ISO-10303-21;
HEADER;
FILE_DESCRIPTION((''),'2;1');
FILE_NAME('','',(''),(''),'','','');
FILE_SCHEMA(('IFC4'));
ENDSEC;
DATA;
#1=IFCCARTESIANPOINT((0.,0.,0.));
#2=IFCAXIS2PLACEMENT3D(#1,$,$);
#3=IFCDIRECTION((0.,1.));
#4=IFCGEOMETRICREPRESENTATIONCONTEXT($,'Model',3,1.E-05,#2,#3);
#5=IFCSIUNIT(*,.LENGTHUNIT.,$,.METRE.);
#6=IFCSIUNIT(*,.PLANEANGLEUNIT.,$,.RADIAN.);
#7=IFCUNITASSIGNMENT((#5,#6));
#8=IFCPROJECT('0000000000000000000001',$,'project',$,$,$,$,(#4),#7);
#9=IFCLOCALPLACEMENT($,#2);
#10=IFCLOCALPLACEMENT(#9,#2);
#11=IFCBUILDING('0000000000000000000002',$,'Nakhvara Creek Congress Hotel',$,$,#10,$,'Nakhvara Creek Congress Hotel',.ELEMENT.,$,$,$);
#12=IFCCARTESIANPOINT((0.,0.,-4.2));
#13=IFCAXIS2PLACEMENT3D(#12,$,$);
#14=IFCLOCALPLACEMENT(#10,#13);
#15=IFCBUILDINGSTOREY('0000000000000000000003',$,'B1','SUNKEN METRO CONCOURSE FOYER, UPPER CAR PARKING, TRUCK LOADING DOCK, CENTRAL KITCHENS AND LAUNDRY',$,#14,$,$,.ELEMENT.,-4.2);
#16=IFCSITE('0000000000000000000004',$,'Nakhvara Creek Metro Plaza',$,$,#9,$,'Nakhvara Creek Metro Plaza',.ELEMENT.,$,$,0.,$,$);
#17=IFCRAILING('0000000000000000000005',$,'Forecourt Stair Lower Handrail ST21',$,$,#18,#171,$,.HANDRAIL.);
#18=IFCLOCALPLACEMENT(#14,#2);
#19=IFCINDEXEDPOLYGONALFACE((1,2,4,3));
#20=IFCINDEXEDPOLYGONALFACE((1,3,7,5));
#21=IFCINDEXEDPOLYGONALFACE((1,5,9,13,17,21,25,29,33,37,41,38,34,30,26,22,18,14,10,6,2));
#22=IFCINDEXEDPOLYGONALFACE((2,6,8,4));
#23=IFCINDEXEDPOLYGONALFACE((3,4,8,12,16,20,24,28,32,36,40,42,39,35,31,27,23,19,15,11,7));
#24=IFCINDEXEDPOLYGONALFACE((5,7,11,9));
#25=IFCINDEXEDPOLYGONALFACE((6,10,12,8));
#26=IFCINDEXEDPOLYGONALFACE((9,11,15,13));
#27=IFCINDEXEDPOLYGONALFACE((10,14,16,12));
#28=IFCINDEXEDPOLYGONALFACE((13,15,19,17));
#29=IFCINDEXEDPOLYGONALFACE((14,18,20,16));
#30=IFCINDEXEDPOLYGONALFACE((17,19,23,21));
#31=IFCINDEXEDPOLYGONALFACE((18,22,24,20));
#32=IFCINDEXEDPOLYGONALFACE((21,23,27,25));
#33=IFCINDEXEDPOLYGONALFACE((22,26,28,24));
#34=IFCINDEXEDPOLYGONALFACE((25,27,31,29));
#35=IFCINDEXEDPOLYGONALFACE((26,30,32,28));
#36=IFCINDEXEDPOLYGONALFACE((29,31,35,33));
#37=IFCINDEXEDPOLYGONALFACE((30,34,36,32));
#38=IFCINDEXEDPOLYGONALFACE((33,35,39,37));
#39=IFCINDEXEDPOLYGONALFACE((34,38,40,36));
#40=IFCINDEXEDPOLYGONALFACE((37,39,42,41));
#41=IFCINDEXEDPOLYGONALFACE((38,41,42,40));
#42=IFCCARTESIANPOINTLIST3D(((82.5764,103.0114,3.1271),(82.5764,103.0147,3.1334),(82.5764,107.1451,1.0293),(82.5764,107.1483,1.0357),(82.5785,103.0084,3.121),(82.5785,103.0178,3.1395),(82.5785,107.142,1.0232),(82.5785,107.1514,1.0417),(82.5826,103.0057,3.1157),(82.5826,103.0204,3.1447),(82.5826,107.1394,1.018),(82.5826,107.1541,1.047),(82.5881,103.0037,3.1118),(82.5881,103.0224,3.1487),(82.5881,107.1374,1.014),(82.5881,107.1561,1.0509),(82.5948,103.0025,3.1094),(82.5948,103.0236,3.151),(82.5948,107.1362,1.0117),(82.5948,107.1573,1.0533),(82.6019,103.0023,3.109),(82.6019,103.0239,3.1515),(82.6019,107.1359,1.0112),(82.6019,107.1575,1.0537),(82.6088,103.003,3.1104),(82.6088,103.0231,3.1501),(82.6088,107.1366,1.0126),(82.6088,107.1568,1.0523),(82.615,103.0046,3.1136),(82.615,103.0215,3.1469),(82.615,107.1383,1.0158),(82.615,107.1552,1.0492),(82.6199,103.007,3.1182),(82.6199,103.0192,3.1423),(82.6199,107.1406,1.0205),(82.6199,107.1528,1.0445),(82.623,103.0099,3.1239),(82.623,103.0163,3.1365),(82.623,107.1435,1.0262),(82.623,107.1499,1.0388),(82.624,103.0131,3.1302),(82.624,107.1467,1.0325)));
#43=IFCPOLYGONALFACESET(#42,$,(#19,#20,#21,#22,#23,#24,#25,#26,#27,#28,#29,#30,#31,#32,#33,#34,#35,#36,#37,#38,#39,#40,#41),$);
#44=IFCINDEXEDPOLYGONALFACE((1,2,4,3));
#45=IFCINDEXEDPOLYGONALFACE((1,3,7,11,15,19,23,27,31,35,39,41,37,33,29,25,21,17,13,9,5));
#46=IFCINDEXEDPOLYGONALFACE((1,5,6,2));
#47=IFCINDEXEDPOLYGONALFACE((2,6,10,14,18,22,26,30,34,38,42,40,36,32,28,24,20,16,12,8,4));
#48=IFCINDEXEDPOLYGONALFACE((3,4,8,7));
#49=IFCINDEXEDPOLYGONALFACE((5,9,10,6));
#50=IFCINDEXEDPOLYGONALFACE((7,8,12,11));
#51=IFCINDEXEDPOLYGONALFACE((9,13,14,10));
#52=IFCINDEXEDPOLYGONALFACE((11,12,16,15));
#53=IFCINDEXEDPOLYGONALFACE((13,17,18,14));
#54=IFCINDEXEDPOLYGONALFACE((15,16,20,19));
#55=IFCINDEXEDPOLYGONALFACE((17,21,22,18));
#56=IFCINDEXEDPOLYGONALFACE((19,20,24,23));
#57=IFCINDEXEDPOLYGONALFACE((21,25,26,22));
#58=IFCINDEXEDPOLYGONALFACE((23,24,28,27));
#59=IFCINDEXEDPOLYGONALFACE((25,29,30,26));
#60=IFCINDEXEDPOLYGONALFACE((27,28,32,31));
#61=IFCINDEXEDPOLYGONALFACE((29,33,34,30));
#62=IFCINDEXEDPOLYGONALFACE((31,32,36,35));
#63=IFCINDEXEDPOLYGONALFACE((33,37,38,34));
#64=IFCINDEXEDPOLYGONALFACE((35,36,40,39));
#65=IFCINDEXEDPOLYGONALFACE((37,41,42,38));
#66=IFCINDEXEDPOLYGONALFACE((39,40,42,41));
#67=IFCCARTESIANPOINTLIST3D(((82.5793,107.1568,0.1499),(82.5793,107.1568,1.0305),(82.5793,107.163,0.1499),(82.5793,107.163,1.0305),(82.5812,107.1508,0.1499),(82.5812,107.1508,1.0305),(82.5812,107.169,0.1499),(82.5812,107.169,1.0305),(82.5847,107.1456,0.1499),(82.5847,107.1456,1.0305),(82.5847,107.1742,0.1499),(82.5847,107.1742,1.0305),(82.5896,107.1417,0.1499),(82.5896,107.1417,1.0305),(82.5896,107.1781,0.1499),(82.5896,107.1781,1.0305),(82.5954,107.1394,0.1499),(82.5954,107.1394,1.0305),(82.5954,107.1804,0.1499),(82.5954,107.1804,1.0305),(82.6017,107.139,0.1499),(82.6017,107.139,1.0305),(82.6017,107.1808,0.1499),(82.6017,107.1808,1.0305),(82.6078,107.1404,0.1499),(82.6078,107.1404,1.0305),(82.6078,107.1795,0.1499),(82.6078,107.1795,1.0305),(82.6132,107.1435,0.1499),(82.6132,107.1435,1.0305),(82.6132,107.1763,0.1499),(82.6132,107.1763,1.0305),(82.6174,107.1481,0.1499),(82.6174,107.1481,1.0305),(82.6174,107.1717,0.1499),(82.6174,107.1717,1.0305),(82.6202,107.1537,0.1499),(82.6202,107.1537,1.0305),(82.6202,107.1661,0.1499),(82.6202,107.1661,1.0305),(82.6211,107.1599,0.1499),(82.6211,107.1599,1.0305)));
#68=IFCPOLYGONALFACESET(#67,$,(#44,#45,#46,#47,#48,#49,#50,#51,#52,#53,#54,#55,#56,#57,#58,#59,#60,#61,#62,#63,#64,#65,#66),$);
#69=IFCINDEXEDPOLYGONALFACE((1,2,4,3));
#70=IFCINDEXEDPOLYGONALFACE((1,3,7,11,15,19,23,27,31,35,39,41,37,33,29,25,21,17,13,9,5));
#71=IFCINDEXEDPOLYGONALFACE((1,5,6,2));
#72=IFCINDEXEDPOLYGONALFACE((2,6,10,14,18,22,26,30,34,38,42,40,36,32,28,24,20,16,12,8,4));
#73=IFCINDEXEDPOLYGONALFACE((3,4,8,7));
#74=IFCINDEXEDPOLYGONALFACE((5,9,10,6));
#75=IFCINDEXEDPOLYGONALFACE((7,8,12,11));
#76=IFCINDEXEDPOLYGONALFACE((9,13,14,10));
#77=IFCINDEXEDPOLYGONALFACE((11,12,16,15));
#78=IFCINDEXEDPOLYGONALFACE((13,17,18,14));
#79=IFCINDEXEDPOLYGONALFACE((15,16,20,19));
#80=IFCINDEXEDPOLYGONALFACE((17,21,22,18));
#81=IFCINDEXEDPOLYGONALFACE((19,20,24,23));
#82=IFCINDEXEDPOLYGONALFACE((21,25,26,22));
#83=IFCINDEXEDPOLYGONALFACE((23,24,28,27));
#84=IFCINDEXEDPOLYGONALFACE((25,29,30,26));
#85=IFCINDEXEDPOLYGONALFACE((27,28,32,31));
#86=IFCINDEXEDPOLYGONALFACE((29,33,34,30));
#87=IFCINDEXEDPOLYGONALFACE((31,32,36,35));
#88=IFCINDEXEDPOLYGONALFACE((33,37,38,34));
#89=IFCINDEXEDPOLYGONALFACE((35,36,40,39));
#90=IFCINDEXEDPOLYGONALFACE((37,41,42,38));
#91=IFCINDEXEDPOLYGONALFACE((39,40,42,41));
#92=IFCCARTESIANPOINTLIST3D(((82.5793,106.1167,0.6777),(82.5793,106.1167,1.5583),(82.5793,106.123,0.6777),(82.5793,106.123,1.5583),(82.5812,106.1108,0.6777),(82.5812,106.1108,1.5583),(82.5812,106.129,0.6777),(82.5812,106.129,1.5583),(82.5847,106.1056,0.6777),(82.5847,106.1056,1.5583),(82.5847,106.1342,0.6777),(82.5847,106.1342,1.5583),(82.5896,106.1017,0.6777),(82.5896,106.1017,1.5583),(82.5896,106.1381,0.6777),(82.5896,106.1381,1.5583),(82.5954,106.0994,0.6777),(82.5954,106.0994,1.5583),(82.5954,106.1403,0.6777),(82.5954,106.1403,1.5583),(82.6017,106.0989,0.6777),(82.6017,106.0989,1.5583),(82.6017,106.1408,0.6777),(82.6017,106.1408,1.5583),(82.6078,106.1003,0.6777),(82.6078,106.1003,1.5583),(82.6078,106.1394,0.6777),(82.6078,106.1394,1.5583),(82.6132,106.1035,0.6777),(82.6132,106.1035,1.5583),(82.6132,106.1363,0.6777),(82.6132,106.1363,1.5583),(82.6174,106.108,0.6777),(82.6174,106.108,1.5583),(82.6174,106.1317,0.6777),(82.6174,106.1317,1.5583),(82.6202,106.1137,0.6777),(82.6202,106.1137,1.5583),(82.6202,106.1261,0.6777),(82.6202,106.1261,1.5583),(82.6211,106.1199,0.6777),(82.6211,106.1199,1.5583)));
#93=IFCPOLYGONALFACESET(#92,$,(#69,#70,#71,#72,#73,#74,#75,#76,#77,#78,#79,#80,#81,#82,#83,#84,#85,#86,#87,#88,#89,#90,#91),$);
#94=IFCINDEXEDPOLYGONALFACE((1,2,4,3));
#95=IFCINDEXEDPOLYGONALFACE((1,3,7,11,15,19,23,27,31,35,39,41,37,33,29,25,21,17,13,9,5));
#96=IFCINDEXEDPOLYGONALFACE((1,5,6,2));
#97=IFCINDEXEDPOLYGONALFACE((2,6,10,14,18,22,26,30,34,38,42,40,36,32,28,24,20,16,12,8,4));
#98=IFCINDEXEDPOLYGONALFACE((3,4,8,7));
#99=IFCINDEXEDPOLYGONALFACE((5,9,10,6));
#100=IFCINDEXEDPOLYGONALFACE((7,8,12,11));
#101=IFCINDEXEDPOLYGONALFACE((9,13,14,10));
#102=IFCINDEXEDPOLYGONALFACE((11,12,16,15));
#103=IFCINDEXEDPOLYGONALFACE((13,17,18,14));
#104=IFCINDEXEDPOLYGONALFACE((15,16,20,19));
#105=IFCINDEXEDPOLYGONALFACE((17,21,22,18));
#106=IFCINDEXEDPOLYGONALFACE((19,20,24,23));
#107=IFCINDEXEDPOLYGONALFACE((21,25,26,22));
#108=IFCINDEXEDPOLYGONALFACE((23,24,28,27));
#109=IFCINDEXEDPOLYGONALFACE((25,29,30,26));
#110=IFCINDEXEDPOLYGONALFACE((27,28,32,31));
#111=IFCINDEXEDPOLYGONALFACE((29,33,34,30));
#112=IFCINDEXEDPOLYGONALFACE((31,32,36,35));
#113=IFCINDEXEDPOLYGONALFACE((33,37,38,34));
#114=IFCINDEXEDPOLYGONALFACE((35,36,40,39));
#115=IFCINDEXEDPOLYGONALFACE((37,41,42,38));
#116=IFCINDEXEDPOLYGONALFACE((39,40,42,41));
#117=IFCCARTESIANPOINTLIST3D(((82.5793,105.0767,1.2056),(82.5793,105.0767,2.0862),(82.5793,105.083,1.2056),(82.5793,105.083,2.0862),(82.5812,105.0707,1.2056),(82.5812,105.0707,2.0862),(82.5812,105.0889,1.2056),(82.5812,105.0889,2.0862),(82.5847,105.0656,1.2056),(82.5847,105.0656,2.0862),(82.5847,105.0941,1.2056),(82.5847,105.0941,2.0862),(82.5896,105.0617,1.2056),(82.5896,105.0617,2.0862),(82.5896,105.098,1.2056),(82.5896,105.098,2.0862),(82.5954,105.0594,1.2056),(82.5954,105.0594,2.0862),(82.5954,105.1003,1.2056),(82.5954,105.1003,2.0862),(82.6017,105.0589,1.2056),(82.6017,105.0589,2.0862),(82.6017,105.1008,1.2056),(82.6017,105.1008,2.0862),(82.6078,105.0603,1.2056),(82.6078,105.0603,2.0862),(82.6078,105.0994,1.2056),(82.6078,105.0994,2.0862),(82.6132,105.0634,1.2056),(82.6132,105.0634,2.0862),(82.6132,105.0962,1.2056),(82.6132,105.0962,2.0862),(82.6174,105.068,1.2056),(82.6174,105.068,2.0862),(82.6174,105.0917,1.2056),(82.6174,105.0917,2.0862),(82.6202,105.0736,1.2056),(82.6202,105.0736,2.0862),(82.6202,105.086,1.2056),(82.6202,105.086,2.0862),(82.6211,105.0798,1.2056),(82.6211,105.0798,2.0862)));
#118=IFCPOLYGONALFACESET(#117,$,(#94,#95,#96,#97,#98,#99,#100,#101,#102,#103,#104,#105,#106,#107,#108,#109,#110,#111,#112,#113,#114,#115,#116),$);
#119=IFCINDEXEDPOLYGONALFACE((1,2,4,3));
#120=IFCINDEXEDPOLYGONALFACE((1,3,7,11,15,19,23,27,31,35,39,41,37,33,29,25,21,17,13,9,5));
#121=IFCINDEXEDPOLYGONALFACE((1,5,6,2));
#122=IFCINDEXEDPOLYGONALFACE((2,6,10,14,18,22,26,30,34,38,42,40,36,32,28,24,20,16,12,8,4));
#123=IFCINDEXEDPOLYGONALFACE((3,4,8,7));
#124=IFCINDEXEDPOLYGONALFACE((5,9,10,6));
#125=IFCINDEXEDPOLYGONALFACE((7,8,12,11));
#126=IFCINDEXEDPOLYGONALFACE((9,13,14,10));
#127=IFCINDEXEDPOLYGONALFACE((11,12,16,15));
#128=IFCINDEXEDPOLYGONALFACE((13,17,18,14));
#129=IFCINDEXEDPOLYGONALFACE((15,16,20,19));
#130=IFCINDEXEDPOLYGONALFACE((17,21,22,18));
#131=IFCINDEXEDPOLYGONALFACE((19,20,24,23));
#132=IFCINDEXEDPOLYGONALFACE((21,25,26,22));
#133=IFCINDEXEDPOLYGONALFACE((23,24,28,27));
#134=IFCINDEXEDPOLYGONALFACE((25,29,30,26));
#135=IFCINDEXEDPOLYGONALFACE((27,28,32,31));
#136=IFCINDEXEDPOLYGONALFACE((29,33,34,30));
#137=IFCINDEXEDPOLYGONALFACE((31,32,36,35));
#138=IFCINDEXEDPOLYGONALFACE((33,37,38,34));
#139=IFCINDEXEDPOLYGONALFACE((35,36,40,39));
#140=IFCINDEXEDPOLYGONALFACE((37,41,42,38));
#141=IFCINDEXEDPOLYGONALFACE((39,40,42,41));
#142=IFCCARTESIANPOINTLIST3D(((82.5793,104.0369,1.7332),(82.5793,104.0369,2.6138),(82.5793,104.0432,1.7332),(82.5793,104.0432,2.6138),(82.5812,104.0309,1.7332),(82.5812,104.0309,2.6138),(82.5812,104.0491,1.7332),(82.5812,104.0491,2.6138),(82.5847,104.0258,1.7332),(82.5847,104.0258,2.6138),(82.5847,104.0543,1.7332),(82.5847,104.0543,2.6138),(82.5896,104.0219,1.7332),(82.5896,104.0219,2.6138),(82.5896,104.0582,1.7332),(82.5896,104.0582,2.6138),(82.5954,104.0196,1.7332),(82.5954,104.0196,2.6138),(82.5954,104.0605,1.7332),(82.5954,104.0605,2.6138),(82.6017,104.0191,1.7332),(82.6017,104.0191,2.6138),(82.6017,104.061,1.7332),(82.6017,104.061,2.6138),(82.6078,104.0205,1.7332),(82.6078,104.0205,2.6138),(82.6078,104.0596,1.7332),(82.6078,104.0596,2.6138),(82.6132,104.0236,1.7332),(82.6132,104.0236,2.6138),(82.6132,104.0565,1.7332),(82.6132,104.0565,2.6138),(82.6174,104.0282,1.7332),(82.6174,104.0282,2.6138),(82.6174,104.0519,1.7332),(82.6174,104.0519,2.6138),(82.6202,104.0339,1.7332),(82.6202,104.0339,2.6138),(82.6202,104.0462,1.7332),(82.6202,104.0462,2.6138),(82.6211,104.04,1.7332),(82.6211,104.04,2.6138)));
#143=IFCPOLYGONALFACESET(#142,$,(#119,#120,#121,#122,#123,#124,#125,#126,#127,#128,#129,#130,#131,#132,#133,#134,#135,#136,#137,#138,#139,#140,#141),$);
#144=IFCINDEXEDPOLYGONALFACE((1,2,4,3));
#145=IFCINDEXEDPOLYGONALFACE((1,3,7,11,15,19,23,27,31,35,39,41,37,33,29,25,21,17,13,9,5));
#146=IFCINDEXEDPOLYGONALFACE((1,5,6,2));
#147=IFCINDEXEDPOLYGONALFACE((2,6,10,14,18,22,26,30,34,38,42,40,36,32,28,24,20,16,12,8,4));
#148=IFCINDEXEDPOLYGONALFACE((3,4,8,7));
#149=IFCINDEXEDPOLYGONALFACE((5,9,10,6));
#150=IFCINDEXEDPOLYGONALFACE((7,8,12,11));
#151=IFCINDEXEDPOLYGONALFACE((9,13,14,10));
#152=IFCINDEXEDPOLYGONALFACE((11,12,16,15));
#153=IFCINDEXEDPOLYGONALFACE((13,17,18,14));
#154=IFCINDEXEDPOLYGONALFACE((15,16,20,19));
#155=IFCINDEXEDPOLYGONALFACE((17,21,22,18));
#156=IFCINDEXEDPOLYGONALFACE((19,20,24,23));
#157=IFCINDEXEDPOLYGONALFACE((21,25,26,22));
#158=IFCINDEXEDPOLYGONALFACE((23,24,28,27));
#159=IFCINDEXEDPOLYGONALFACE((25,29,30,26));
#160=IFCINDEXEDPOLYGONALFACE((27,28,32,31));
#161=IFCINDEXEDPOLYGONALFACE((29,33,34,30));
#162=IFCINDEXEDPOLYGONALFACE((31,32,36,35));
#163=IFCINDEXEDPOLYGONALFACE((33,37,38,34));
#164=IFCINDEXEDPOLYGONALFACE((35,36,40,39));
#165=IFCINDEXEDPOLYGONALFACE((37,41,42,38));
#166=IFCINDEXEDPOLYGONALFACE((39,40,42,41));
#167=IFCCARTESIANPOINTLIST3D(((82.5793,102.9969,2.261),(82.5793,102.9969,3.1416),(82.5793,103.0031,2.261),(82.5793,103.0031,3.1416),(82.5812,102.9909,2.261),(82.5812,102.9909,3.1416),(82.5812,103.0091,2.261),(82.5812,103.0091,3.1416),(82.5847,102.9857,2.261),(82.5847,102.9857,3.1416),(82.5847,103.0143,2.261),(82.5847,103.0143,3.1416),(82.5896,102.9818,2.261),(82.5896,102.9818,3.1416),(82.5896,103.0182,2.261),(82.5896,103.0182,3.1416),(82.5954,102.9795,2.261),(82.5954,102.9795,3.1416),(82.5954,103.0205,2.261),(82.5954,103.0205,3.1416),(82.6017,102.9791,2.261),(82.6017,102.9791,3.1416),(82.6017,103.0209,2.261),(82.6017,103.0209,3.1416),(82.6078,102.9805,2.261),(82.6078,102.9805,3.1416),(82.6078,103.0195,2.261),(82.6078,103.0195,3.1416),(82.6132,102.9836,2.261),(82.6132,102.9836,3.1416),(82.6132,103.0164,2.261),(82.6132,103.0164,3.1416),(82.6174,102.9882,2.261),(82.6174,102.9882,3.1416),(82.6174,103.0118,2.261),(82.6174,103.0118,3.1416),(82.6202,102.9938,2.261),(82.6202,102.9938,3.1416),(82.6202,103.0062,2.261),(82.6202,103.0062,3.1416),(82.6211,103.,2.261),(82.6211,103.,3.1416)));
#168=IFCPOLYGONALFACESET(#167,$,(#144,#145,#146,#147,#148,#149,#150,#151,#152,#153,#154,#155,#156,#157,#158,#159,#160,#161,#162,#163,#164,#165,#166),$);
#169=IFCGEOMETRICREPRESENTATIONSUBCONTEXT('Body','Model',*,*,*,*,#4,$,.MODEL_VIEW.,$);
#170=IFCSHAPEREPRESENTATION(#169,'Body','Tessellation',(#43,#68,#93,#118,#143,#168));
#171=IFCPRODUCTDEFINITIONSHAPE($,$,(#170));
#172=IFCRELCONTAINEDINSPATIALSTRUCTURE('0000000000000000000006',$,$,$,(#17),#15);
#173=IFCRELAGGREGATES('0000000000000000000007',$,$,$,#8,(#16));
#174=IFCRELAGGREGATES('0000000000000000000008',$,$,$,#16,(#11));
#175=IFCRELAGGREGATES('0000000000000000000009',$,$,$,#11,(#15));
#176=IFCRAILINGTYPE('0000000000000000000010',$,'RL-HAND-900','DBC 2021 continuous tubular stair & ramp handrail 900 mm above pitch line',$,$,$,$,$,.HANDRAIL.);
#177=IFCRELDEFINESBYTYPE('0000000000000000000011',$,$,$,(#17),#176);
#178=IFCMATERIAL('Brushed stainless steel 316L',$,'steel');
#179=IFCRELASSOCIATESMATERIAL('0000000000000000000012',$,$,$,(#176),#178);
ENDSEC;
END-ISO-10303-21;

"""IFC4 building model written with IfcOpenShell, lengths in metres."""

from ifc_helpers import new_model, si_unit, direction, frame, origin, origin_2d, place, context, subcontext, project, spatial, circle, extrude, material, type_object, element, save


model = new_model("IFC4")

# Units and contexts
model_context = context("Model", 3, precision=1e-05, world=origin(), true_north=direction((0.0, 1.0)))
body_context = subcontext(model_context, "Body", "Model", "MODEL_VIEW")
ifc_project = project(units=[si_unit("LENGTHUNIT", "METRE"), si_unit("PLANEANGLEUNIT", "RADIAN")], contexts=[model_context])

# Site, building, storey
site_placement = place(None, origin())
site = spatial("IfcSite", under=ifc_project, at=site_placement, Name="Nakhvara Creek Metro Plaza", LongName="Nakhvara Creek Metro Plaza", CompositionType="ELEMENT", RefElevation=0.0)
building_placement = place(site_placement, origin())
building = spatial("IfcBuilding", under=site, at=building_placement, Name="Nakhvara Creek Congress Hotel", LongName="Nakhvara Creek Congress Hotel", CompositionType="ELEMENT")
storey_placement = place(building_placement, frame((0.0, 0.0, -4.2)))
storey = spatial("IfcBuildingStorey", under=building, at=storey_placement, Name="B1", Description="SUNKEN METRO CONCOURSE FOYER, UPPER CAR PARKING, TRUCK LOADING DOCK, CENTRAL KITCHENS AND LAUNDRY", CompositionType="ELEMENT", Elevation=-4.2)

# Railing
ifc_material_1 = material(Name="Brushed stainless steel 316L", Category="steel")
railing_type_1 = type_object("IfcRailingType", Name="RL-HAND-900", Description="DBC 2021 continuous tubular stair & ramp handrail 900 mm above pitch line", PredefinedType="HANDRAIL", material=ifc_material_1)
railing_1_placement = place(storey_placement, frame((82.6001, 107.1599, 0.1499)))
element("IfcRailing", 1, at=railing_1_placement, inside=storey, type_object=railing_type_1, Name="Forecourt Stair Lower Handrail ST21", PredefinedType="HANDRAIL", context=body_context, shape_type="SweptSolid", body=[
    extrude(circle(Radius=0.0239, at=origin_2d()), frame((0.0, -0.0132, 0.8826), z_axis=(0.0, -0.891742, 0.452544), x_axis=(1.0, 0.0, 0.0)), (0.0, 0.0, 1.0), 4.6355),
    extrude(circle(Radius=0.021, at=origin_2d()), origin(), (0.0, 0.0, 1.0), 0.8806),
    extrude(circle(Radius=0.021, at=origin_2d()), frame((0.0, -1.04, 0.5278)), (0.0, 0.0, 1.0), 0.8806),
    extrude(circle(Radius=0.021, at=origin_2d()), frame((0.0, -2.0801, 1.0557)), (0.0, 0.0, 1.0), 0.8806),
    extrude(circle(Radius=0.021, at=origin_2d()), frame((0.0, -3.1199, 1.5833)), (0.0, 0.0, 1.0), 0.8806),
    extrude(circle(Radius=0.021, at=origin_2d()), frame((0.0, -4.1599, 2.1111)), (0.0, 0.0, 1.0), 0.8806),
])

save(model, "model.ifc")
